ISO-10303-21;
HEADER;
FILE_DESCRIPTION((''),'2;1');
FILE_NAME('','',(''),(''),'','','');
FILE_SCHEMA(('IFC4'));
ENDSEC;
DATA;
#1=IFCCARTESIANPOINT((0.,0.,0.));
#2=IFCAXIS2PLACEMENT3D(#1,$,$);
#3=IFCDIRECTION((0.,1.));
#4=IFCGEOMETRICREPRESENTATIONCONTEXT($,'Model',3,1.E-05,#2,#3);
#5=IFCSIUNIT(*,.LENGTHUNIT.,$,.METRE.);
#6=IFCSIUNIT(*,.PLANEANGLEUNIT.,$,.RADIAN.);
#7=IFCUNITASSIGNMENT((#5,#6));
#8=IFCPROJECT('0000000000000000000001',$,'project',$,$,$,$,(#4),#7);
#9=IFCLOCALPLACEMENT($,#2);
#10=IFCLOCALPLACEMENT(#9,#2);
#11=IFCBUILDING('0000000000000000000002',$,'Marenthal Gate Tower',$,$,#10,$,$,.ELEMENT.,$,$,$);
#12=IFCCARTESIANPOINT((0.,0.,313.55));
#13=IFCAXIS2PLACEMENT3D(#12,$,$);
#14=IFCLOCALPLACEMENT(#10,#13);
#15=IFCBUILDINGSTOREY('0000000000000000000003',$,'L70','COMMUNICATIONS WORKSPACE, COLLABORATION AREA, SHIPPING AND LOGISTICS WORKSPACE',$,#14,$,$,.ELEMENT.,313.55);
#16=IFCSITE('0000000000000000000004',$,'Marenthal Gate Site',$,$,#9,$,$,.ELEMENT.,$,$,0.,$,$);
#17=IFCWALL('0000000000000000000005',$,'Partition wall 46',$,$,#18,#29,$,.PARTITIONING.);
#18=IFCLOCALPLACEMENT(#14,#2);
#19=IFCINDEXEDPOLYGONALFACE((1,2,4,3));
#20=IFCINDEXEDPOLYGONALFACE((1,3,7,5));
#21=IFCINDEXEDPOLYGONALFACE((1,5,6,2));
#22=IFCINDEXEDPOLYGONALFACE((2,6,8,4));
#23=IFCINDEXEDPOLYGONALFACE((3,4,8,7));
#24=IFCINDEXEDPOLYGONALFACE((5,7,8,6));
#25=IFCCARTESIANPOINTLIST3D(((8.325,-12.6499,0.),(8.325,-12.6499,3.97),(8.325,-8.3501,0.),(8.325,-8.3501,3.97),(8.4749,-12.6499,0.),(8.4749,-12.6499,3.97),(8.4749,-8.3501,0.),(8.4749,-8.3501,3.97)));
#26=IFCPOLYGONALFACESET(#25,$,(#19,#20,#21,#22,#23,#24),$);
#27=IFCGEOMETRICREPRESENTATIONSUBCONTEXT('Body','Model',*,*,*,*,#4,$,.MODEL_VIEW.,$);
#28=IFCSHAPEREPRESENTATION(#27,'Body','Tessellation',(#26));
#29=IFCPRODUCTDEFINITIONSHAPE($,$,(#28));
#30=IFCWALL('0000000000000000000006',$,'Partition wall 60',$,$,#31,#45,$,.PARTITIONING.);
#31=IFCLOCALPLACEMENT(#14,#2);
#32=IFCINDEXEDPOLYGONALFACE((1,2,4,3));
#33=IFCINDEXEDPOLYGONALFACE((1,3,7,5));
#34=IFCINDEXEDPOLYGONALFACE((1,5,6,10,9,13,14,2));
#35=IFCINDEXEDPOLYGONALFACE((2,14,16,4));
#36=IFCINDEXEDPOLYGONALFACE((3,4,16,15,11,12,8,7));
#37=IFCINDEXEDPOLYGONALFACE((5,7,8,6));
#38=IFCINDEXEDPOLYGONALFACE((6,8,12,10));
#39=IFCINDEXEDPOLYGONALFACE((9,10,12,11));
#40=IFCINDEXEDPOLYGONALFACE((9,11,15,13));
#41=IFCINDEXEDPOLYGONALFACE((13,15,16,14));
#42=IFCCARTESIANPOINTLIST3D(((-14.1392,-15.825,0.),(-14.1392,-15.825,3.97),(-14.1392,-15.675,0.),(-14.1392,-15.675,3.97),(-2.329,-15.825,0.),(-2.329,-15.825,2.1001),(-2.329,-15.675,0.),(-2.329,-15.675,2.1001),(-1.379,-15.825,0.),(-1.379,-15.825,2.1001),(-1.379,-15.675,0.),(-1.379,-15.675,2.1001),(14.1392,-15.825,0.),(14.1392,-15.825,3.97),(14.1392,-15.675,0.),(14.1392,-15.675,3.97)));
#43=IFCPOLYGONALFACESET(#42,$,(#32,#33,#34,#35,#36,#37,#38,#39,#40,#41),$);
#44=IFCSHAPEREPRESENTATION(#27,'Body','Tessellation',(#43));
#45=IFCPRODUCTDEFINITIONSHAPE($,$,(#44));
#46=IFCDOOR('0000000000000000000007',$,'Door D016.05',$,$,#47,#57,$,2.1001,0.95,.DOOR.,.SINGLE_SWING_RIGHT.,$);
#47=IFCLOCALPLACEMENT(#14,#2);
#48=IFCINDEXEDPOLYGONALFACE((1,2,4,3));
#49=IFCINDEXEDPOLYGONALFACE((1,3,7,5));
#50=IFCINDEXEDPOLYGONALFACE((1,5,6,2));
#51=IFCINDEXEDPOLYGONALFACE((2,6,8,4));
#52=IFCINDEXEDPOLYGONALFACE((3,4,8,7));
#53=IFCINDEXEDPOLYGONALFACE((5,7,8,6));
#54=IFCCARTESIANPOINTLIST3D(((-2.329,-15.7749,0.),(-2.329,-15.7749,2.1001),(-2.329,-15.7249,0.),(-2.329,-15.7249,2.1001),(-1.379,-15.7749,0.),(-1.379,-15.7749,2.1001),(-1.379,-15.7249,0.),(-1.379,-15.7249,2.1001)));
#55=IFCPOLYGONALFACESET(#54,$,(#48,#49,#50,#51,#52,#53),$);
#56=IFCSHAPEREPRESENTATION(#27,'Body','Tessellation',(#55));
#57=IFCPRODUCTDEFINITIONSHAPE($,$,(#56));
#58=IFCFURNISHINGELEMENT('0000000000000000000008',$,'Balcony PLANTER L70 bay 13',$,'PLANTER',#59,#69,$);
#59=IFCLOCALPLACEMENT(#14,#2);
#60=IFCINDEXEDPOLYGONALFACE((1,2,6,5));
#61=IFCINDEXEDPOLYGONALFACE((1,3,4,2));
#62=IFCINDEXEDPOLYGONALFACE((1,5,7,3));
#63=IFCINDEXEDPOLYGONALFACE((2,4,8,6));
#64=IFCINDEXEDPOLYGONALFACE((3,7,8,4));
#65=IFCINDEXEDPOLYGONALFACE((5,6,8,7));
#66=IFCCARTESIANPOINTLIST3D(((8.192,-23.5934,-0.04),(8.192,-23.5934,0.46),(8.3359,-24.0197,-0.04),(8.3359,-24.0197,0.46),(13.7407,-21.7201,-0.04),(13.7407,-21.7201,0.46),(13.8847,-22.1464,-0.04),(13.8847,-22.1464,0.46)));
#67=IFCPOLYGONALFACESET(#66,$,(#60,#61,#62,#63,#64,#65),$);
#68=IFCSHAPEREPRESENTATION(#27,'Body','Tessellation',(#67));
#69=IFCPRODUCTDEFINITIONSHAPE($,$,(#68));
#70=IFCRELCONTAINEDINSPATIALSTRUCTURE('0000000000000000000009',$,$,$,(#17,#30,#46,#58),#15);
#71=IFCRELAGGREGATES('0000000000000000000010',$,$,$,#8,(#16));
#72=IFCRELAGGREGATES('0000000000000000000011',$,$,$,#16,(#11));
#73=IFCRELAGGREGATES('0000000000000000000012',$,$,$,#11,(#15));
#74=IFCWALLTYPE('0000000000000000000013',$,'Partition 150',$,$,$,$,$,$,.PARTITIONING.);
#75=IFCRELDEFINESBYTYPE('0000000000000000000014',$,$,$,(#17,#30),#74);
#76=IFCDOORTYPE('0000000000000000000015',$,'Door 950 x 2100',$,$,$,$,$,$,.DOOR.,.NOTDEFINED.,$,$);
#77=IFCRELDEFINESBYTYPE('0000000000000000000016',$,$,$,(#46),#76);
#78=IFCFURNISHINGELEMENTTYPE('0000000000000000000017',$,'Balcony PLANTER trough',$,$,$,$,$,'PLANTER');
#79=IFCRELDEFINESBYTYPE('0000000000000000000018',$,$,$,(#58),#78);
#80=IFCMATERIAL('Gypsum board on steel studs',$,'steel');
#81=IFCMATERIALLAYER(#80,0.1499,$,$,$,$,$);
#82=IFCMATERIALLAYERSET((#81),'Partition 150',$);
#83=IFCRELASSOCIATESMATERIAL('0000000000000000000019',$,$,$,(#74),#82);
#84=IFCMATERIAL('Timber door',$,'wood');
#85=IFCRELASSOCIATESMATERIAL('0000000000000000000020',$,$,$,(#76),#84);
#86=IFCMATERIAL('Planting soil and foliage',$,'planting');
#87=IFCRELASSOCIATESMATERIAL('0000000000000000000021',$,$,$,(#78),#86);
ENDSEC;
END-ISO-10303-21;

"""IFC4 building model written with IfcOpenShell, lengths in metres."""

from ifc_helpers import new_model, si_unit, direction, frame, frame_2d, origin, origin_2d, place, context, subcontext, project, spatial, rectangle, extrude, material, layer, layer_set, type_object, element, fill, save


model = new_model("IFC4")

# Units and contexts
model_context = context("Model", 3, precision=1e-05, world=origin(), true_north=direction((0.0, 1.0)))
body_context = subcontext(model_context, "Body", "Model", "MODEL_VIEW")
ifc_project = project(units=[si_unit("LENGTHUNIT", "METRE"), si_unit("PLANEANGLEUNIT", "RADIAN")], contexts=[model_context])

# Site, building, storey
site_placement = place(None, origin())
site = spatial("IfcSite", under=ifc_project, at=site_placement, Name="Marenthal Gate Site", CompositionType="ELEMENT", RefElevation=0.0)
building_placement = place(site_placement, origin())
building = spatial("IfcBuilding", under=site, at=building_placement, Name="Marenthal Gate Tower", CompositionType="ELEMENT")
storey_placement = place(building_placement, frame((0.0, 0.0, 313.55)))
storey = spatial("IfcBuildingStorey", under=building, at=storey_placement, Name="L70", Description="COMMUNICATIONS WORKSPACE, COLLABORATION AREA, SHIPPING AND LOGISTICS WORKSPACE", CompositionType="ELEMENT", Elevation=313.55)

# Wall
ifc_material_1 = material(Name="Gypsum board on steel studs", Category="steel")
ifc_layer_1 = layer(ifc_material_1, 0.1499)
ifc_layer_set_1 = layer_set([ifc_layer_1], Name="Partition 150")
wall_type_1 = type_object("IfcWallType", Name="Partition 150", PredefinedType="PARTITIONING", material=ifc_layer_set_1)
wall_1_placement = place(storey_placement, frame((8.3999, -12.6499, 0.0), z_axis=(0.0, 0.0, 1.0), x_axis=(0.0, 1.0, 0.0)))
element("IfcWall", 1, at=wall_1_placement, inside=storey, type_object=wall_type_1, Name="Partition wall 46", PredefinedType="PARTITIONING", context=body_context, shape_type="SweptSolid", body=[
    extrude(rectangle(XDim=4.2998, YDim=0.1499, at=frame_2d((2.1499, 0.0))), origin(), (0.0, 0.0, 1.0), 3.97),
])

# Wall, opening, door
wall_2_placement = place(storey_placement, frame((14.1392, -15.75, 0.0), z_axis=(0.0, 0.0, 1.0), x_axis=(-1.0, 0.0, 0.0)))
wall_2 = element("IfcWall", 2, at=wall_2_placement, inside=storey, type_object=wall_type_1, Name="Partition wall 60", PredefinedType="PARTITIONING", context=body_context, shape_type="SweptSolid", body=[
    extrude(rectangle(XDim=28.2783, YDim=0.1499, at=frame_2d((14.1392, 0.0))), origin(), (0.0, 0.0, 1.0), 3.97),
])
opening_1_placement = place(wall_2_placement, frame((15.5181, 0.0, 0.0)))
opening_1 = element("IfcOpeningElement", 3, at=opening_1_placement, cuts=wall_2, PredefinedType="OPENING", context=body_context, shape_type="SweptSolid", body=[
    extrude(rectangle(XDim=0.95, YDim=2.1001, at=frame_2d((0.4751, 1.05))), frame((0.0, 0.085, 0.0), z_axis=(0.0, -1.0, 0.0), x_axis=(1.0, 0.0, 0.0)), (0.0, 0.0, 1.0), 0.1699),
])
ifc_material_2 = material(Name="Timber door", Category="wood")
door_type_1 = type_object("IfcDoorType", Name="Door 950 x 2100", OperationType="NOTDEFINED", PredefinedType="DOOR", material=ifc_material_2)
door_1_placement = place(opening_1_placement, origin())
door_1 = element("IfcDoor", 4, at=door_1_placement, inside=storey, type_object=door_type_1, Name="Door D016.05", OperationType="SINGLE_SWING_RIGHT", OverallHeight=2.1001, OverallWidth=0.95, PredefinedType="DOOR", context=body_context, shape_type="SweptSolid", body=[
    extrude(rectangle(XDim=0.95, YDim=2.1001, at=frame_2d((0.4751, 1.05))), frame((0.0, 0.0249, 0.0), z_axis=(0.0, -1.0, 0.0), x_axis=(1.0, 0.0, 0.0)), (0.0, 0.0, 1.0), 0.05),
])
fill(opening_1, door_1)

# Furnishing element
ifc_material_3 = material(Name="Planting soil and foliage", Category="planting")
furnishing_element_type = type_object("IfcFurnishingElementType", Name="Balcony PLANTER trough", ElementType="PLANTER", material=ifc_material_3)
furnishing_placement = place(storey_placement, frame((11.0383, -22.8699, -0.04), z_axis=(0.0, 0.0, 1.0), x_axis=(0.947463, 0.319866, 0.0)))
element("IfcFurnishingElement", 5, at=furnishing_placement, inside=storey, type_object=furnishing_element_type, Name="Balcony PLANTER L70 bay 13", ObjectType="PLANTER", context=body_context, shape_type="SweptSolid", body=[
    extrude(rectangle(XDim=5.8564, YDim=0.45, at=origin_2d()), origin(), (0.0, 0.0, 1.0), 0.5),
])

save(model, "model.ifc")
